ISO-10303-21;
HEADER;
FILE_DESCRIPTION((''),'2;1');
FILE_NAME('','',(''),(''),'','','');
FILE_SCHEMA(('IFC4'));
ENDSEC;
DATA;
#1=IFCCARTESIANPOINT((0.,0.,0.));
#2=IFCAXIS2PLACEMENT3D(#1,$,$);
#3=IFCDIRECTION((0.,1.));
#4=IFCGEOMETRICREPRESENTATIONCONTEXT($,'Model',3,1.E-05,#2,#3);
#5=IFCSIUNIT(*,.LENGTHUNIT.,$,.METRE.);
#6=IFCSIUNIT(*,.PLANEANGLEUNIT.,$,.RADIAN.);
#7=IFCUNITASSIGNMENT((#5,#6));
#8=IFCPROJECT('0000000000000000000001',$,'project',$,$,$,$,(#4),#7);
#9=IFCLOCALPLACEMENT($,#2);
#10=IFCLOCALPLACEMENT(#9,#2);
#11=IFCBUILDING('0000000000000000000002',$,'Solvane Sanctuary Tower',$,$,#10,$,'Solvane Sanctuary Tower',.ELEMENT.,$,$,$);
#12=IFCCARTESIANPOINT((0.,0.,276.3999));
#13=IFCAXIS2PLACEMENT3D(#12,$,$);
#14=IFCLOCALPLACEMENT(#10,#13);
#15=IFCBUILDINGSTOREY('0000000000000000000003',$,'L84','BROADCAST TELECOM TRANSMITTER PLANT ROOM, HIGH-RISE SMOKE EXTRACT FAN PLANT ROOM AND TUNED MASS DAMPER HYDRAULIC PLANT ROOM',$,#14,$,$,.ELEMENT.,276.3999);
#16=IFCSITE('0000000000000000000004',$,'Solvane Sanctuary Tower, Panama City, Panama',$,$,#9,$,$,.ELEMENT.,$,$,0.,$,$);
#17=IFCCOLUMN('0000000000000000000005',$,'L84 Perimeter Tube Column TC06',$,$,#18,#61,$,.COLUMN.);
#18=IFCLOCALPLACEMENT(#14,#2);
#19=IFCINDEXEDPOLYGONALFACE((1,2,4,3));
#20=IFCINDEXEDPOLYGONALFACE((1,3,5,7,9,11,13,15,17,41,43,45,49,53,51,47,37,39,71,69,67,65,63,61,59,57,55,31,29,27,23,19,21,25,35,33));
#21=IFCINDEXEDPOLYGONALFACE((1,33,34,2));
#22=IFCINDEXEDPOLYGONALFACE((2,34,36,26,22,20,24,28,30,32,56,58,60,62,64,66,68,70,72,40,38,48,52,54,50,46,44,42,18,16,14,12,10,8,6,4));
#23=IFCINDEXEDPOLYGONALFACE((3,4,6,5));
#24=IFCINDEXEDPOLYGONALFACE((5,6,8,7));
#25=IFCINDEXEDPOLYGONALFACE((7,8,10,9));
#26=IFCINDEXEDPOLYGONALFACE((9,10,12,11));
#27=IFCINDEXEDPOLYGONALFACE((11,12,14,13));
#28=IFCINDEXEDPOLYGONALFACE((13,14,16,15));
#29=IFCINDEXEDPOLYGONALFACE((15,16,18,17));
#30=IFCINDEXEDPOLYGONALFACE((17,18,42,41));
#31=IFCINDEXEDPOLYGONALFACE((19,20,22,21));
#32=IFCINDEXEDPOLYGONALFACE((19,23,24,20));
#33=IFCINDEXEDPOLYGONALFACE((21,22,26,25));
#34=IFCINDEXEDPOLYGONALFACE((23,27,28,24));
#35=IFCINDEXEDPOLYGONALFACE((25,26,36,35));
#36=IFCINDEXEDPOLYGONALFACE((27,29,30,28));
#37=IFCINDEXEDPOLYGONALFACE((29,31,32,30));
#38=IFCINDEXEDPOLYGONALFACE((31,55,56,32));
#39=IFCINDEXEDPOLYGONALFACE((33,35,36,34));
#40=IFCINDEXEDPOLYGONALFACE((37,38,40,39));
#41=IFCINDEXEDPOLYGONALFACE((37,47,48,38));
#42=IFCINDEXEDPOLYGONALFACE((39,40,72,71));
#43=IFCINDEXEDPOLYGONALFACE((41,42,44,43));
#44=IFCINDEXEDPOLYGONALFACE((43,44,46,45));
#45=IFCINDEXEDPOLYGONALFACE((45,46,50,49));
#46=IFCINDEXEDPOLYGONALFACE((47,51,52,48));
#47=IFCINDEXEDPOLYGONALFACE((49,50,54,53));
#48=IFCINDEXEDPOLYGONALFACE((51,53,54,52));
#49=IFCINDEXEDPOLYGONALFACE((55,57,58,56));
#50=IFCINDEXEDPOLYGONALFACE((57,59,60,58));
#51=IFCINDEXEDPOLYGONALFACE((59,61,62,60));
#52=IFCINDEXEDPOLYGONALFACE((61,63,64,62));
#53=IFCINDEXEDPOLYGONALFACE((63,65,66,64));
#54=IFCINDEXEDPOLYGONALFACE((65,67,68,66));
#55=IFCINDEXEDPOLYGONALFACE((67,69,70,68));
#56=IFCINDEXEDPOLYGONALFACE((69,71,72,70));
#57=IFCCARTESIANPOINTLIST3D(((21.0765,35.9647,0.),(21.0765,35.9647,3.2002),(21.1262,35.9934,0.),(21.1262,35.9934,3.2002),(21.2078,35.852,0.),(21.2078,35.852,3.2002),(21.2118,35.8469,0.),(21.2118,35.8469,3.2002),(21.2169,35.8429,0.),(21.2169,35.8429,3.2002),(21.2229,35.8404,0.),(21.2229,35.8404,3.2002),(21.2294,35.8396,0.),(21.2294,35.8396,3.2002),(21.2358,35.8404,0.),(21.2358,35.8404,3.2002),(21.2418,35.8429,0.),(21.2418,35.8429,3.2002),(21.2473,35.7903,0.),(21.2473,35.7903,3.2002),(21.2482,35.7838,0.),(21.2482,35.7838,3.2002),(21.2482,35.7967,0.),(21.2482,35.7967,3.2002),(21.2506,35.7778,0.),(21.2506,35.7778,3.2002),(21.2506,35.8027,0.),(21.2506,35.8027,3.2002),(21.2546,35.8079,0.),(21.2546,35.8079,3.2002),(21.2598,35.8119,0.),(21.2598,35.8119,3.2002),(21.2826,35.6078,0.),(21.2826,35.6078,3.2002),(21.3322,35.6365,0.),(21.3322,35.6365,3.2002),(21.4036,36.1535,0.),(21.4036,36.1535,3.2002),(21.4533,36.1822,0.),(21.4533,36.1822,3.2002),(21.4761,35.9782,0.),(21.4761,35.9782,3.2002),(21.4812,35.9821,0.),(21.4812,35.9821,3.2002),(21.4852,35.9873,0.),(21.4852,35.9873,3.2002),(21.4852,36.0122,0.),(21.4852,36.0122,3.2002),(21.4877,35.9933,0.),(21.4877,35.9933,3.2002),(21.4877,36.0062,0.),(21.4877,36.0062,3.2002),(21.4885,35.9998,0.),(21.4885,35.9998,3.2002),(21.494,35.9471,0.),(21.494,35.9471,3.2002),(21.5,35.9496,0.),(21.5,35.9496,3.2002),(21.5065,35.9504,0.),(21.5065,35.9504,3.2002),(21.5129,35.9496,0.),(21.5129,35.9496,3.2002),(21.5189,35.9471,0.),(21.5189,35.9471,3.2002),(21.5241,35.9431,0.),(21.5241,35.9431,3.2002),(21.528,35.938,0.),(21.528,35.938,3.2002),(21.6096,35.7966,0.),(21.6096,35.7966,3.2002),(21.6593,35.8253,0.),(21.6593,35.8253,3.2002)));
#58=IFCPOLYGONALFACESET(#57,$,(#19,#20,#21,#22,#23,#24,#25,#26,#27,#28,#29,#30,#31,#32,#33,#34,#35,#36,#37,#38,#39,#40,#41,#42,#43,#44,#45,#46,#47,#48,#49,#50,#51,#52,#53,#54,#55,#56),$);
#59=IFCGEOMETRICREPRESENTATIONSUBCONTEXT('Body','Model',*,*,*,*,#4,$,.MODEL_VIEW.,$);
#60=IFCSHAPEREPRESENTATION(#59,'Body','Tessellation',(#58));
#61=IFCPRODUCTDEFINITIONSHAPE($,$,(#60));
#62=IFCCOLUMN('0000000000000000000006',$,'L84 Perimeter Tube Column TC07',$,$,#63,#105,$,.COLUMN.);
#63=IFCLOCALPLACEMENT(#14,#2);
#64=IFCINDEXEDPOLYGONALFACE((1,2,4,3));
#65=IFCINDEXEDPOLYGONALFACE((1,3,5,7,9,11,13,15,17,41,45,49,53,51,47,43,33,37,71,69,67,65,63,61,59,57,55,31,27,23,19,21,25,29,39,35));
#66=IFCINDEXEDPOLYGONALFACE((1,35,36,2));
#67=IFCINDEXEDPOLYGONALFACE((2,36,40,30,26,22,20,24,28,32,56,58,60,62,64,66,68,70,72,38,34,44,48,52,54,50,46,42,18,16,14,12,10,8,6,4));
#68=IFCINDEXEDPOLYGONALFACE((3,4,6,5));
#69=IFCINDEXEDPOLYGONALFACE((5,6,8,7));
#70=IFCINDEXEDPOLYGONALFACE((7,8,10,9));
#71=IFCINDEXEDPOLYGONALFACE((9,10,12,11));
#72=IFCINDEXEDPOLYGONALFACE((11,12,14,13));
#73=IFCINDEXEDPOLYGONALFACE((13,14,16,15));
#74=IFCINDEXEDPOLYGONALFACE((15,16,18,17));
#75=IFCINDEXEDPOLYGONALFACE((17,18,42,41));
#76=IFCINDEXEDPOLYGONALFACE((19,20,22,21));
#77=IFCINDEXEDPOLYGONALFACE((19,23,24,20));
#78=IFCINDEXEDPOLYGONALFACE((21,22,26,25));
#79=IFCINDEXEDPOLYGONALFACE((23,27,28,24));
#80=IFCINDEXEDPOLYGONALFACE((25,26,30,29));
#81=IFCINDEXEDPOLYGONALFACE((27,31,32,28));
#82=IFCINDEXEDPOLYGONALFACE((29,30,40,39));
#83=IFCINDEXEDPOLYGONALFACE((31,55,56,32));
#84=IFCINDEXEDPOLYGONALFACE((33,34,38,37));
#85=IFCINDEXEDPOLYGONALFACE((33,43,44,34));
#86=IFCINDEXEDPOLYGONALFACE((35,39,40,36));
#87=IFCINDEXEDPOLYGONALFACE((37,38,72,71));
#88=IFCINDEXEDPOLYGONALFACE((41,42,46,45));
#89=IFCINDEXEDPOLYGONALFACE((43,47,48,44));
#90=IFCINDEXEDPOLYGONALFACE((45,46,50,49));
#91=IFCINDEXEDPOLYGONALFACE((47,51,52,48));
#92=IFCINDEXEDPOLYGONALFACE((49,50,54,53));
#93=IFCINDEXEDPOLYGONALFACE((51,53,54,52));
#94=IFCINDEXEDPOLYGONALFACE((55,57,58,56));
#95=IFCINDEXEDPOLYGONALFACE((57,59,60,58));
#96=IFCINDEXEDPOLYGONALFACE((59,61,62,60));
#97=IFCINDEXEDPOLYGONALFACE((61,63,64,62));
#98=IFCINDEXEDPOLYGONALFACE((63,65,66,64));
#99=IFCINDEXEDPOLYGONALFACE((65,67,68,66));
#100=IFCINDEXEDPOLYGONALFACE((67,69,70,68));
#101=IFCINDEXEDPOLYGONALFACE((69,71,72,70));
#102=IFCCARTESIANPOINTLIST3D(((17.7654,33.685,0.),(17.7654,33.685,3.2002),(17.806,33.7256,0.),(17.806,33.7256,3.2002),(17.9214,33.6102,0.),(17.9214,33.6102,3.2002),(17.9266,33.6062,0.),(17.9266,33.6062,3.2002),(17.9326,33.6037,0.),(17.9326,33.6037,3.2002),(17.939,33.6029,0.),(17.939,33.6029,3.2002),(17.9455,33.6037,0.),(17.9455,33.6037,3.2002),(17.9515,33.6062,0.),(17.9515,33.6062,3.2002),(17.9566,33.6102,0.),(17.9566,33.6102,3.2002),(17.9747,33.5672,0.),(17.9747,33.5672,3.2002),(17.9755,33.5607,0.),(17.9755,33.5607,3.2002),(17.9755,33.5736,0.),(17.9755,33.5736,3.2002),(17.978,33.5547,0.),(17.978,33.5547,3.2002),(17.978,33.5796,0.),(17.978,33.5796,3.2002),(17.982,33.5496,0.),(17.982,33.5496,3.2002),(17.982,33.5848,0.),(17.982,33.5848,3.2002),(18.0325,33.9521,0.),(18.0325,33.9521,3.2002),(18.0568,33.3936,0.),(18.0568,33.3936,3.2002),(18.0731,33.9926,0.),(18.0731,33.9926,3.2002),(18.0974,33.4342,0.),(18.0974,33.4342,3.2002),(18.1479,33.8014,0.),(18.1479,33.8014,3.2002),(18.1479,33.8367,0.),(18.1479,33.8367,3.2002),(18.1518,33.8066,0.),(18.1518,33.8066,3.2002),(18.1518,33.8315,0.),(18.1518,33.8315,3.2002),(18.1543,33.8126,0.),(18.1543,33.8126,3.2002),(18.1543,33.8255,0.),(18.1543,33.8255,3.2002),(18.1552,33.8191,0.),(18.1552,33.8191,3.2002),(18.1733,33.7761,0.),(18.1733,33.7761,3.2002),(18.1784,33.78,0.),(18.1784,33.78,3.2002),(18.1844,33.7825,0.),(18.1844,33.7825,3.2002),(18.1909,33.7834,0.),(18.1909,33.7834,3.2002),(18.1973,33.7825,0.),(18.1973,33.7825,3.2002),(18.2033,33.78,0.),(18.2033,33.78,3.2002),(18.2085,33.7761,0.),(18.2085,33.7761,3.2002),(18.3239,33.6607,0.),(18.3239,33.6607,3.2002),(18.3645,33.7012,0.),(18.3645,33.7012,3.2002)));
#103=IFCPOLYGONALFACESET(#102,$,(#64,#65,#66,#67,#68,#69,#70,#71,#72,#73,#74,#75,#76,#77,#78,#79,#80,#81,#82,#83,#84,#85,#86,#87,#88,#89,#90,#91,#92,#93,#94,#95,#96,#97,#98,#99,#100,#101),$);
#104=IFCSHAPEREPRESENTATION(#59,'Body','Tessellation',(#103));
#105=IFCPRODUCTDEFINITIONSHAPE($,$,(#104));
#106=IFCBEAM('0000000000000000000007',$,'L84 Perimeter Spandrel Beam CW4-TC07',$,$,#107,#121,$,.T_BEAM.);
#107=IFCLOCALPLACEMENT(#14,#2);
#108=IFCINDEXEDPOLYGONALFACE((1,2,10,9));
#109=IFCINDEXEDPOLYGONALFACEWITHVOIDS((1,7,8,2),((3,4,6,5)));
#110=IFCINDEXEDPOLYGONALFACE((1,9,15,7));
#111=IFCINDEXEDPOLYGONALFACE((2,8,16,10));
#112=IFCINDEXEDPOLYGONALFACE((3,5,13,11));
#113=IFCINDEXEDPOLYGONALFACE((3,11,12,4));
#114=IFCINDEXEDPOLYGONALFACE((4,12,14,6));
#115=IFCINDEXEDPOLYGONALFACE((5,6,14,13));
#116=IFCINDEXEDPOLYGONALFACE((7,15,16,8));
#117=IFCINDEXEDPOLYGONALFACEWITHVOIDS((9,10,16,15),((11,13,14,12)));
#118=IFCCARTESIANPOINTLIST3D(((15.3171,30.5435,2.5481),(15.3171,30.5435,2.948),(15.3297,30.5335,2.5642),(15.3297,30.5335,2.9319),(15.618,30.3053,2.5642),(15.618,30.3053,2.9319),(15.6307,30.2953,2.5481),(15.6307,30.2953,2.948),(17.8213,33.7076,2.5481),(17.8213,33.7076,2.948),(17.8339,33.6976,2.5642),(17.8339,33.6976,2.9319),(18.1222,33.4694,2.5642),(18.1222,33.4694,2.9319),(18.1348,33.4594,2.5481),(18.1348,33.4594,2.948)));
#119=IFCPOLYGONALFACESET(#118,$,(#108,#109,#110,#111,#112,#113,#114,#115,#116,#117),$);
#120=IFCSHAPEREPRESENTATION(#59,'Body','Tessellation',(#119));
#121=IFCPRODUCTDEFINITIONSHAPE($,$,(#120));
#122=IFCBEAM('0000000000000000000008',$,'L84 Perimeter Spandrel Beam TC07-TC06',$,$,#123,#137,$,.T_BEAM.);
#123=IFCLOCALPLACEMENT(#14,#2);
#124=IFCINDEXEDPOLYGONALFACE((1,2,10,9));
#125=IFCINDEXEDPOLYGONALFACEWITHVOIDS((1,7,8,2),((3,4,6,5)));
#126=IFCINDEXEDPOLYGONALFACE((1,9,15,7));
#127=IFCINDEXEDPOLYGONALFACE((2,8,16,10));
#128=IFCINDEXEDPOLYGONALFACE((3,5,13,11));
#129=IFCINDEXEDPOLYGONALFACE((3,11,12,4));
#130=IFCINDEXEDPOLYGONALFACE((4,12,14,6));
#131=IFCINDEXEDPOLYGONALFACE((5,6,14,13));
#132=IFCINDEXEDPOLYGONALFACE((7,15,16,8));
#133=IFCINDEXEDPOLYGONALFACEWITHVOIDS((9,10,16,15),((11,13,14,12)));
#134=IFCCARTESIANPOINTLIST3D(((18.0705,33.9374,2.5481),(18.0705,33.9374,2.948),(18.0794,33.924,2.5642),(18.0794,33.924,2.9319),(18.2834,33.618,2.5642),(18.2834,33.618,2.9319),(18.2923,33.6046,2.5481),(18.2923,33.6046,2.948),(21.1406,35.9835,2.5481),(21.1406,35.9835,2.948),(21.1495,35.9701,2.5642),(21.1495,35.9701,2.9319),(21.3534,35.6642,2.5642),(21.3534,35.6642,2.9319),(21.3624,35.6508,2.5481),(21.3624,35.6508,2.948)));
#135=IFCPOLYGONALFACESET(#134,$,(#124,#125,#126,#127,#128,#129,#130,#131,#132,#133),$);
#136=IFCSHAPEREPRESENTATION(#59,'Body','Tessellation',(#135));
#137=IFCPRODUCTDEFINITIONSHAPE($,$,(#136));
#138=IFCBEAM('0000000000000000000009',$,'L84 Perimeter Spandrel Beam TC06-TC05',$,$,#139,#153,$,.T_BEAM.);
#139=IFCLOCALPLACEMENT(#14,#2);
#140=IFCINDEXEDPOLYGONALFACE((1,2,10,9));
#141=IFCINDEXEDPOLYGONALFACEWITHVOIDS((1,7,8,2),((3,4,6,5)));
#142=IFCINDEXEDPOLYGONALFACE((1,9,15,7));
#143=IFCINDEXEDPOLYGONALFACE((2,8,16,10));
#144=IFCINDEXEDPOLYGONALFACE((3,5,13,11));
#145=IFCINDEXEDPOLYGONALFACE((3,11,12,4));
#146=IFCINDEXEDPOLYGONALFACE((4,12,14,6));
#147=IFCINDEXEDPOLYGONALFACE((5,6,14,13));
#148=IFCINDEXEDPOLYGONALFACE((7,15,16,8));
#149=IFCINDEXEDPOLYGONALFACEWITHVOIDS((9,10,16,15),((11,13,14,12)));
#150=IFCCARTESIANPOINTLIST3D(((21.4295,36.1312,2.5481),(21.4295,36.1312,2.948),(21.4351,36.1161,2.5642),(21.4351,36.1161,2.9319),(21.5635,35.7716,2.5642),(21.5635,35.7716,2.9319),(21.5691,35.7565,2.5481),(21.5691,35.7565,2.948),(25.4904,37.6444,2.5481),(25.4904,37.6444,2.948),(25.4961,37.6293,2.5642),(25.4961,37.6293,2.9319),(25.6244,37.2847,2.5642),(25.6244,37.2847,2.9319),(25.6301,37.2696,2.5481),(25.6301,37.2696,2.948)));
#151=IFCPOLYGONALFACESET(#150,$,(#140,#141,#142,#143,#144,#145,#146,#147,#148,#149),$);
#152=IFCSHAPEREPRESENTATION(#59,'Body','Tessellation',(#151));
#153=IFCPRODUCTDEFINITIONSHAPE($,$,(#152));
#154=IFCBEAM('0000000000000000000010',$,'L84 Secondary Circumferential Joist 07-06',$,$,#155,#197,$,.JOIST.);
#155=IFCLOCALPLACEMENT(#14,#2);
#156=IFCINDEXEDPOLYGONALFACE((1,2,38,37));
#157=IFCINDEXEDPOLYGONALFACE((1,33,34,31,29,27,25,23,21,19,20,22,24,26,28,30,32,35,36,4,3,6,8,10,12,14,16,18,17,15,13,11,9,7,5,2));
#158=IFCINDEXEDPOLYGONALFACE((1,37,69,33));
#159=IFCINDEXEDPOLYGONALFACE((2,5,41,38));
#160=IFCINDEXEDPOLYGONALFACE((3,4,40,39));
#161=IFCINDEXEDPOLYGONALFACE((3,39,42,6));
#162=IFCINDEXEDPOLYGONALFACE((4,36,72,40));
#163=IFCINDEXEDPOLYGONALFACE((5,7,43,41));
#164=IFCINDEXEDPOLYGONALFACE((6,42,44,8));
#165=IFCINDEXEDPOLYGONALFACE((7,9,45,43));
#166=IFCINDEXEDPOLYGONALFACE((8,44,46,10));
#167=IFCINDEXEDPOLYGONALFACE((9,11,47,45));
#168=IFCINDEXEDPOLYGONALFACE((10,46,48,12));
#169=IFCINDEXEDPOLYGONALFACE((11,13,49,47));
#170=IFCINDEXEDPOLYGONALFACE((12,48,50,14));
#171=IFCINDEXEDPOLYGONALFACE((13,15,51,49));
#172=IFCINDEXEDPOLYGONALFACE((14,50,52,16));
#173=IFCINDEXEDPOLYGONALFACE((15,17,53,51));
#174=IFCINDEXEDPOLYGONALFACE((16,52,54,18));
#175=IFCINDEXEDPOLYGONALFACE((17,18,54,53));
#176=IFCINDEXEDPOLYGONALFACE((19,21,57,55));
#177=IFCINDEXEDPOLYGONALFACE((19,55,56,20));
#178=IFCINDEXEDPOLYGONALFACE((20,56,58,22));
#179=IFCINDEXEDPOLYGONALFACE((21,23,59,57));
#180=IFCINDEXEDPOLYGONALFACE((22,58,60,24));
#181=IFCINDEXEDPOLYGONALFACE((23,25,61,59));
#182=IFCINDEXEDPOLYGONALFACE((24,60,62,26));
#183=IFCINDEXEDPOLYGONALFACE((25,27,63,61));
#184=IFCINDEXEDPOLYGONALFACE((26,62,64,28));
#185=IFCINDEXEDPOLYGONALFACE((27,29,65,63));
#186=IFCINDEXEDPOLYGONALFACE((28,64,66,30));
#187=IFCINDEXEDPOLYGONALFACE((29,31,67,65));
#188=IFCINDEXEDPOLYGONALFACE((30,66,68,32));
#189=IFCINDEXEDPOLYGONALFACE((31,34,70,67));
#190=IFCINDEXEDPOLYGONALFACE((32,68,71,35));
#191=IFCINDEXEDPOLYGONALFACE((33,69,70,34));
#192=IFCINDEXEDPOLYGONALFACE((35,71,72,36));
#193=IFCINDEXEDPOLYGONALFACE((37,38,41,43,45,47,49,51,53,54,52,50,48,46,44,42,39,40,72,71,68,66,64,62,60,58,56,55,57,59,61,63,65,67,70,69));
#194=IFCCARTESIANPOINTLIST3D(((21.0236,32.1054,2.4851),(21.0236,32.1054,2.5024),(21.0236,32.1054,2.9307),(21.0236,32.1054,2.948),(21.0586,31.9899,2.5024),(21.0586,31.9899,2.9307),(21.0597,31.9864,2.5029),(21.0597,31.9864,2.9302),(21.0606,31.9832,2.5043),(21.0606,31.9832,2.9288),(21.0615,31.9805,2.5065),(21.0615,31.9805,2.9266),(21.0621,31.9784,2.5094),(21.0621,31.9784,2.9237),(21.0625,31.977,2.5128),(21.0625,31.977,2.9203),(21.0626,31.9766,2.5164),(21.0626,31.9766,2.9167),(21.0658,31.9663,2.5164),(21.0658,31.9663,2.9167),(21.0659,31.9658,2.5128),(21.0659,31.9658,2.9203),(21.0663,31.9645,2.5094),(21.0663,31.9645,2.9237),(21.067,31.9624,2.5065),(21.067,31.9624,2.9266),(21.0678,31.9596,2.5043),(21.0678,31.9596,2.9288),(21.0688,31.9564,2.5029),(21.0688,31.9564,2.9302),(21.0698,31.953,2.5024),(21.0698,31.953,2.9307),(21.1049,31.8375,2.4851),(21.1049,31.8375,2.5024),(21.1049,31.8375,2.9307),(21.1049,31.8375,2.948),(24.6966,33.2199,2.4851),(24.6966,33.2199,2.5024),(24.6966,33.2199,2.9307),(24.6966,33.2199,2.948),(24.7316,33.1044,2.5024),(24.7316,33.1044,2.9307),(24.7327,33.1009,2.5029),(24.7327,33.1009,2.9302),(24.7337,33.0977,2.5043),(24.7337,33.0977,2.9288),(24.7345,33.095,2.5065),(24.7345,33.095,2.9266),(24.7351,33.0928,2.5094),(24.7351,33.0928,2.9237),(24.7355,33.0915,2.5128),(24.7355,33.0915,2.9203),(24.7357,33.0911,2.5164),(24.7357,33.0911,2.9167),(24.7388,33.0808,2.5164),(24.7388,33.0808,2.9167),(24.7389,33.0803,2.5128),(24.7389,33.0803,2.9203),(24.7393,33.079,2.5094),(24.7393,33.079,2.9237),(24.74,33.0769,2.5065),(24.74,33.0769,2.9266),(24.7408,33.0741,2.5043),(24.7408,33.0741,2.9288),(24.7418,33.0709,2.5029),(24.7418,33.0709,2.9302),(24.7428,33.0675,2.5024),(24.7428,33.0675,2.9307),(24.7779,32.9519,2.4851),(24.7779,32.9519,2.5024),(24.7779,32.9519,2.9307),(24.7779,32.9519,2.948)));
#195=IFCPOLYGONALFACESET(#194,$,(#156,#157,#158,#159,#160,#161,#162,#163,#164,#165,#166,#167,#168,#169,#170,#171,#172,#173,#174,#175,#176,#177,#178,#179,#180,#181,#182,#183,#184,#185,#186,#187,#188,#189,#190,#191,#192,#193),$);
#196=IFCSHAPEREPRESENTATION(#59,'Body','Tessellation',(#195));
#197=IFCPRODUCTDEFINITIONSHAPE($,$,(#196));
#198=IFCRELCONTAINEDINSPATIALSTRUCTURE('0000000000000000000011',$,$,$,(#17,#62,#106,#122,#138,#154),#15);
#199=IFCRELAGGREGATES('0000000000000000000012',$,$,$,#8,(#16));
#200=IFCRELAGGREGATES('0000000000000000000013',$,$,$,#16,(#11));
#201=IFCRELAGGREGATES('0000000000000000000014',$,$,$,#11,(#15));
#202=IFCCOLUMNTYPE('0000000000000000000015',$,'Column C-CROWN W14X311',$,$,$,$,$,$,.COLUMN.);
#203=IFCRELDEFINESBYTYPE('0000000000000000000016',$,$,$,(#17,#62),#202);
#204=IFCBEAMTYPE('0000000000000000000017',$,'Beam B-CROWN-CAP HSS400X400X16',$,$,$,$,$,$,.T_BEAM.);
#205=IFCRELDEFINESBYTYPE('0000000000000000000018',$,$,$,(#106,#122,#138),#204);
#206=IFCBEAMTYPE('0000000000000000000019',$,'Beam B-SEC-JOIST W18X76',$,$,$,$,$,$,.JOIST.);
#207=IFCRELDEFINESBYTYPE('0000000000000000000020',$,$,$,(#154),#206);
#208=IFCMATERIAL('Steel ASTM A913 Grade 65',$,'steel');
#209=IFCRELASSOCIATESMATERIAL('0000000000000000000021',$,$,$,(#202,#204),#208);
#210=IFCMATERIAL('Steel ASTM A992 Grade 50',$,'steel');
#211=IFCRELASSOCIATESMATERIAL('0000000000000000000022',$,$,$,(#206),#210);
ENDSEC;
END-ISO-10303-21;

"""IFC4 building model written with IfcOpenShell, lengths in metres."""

from ifc_helpers import new_model, si_unit, direction, frame, origin, origin_2d, place, context, subcontext, project, spatial, hollow_rectangle, i_section, extrude, material, material_profile, profile_set, type_object, element, save


model = new_model("IFC4")

# Units and contexts
model_context = context("Model", 3, precision=1e-05, world=origin(), true_north=direction((0.0, 1.0)))
body_context = subcontext(model_context, "Body", "Model", "MODEL_VIEW")
ifc_project = project(units=[si_unit("LENGTHUNIT", "METRE"), si_unit("PLANEANGLEUNIT", "RADIAN")], contexts=[model_context])

# Site, building, storey
site_placement = place(None, origin())
site = spatial("IfcSite", under=ifc_project, at=site_placement, Name="Solvane Sanctuary Tower, Panama City, Panama", CompositionType="ELEMENT", RefElevation=0.0)
building_placement = place(site_placement, origin())
building = spatial("IfcBuilding", under=site, at=building_placement, Name="Solvane Sanctuary Tower", LongName="Solvane Sanctuary Tower", CompositionType="ELEMENT")
storey_placement = place(building_placement, frame((0.0, 0.0, 276.3999)))
storey = spatial("IfcBuildingStorey", under=building, at=storey_placement, Name="L84", Description="BROADCAST TELECOM TRANSMITTER PLANT ROOM, HIGH-RISE SMOKE EXTRACT FAN PLANT ROOM AND TUNED MASS DAMPER HYDRAULIC PLANT ROOM", CompositionType="ELEMENT", Elevation=276.3999)

# Columns
ifc_material_1 = material(Name="Steel ASTM A913 Grade 65", Category="steel")
ifc_material_profile_1 = material_profile(ifc_material_1, i_section(OverallWidth=0.4121, OverallDepth=0.4351, WebThickness=0.0359, FlangeThickness=0.0574, FilletRadius=0.0249, at=origin_2d()), Name="W14X311")
ifc_profile_set_1 = profile_set([ifc_material_profile_1], Name="Steel ASTM A913 Grade 65")
column_type = type_object("IfcColumnType", Name="Column C-CROWN W14X311", PredefinedType="COLUMN", material=ifc_profile_set_1)
for number, where, z_axis, x_axis, name in (
    (1, (21.3679, 35.895, 0.0), (0.0, 0.0, 1.0), (-0.5, 0.866025, 0.0), "L84 Perimeter Tube Column TC06"),
    (2, (18.0649, 33.6931, 0.0), (0.0, 0.0, 1.0), (-0.707107, 0.707107, 0.0), "L84 Perimeter Tube Column TC07"),
):
    element("IfcColumn", number, at=place(storey_placement, frame(where, z_axis=z_axis, x_axis=x_axis)), inside=storey, type_object=column_type, Name=name, PredefinedType="COLUMN", context=body_context, shape_type="SweptSolid", body=[
        extrude(i_section(OverallWidth=0.4121, OverallDepth=0.4351, WebThickness=0.0359, FlangeThickness=0.0574, FilletRadius=0.0249, at=origin_2d()), origin(), (0.0, 0.0, 1.0), 3.2002),
    ])

# Beams
ifc_material_profile_2 = material_profile(ifc_material_1, hollow_rectangle(XDim=0.3999, YDim=0.3999, WallThickness=0.0161, at=origin_2d()), Name="HSS400X400X16")
ifc_profile_set_2 = profile_set([ifc_material_profile_2], Name="Steel ASTM A913 Grade 65")
beam_type_1 = type_object("IfcBeamType", Name="Beam B-CROWN-CAP HSS400X400X16", PredefinedType="T_BEAM", material=ifc_profile_set_2)
beam_1_placement = place(storey_placement, frame((15.4739, 30.4194, 2.748), z_axis=(0.620591, 0.784134, 0.0), x_axis=(-0.784134, 0.620591, 0.0)))
element("IfcBeam", 3, at=beam_1_placement, inside=storey, type_object=beam_type_1, Name="L84 Perimeter Spandrel Beam CW4-TC07", PredefinedType="T_BEAM", context=body_context, shape_type="SweptSolid", body=[
    extrude(hollow_rectangle(XDim=0.3999, YDim=0.3999, WallThickness=0.0161, at=origin_2d()), origin(), (0.0, 0.0, 1.0), 4.0352),
])
beam_2_placement = place(storey_placement, frame((18.1814, 33.771, 2.748), z_axis=(0.832122, 0.554593, 0.0), x_axis=(-0.554593, 0.832122, 0.0)))
element("IfcBeam", 4, at=beam_2_placement, inside=storey, type_object=beam_type_1, Name="L84 Perimeter Spandrel Beam TC07-TC06", PredefinedType="T_BEAM", context=body_context, shape_type="SweptSolid", body=[
    extrude(hollow_rectangle(XDim=0.3999, YDim=0.3999, WallThickness=0.0161, at=origin_2d()), origin(), (0.0, 0.0, 1.0), 3.6895),
])
beam_3_placement = place(storey_placement, frame((21.4993, 35.9438, 2.748), z_axis=(0.937063, 0.349159, 0.0), x_axis=(-0.349159, 0.937063, 0.0)))
element("IfcBeam", 5, at=beam_3_placement, inside=storey, type_object=beam_type_1, Name="L84 Perimeter Spandrel Beam TC06-TC05", PredefinedType="T_BEAM", context=body_context, shape_type="SweptSolid", body=[
    extrude(hollow_rectangle(XDim=0.3999, YDim=0.3999, WallThickness=0.0161, at=origin_2d()), origin(), (0.0, 0.0, 1.0), 4.3337),
])
ifc_material_2 = material(Name="Steel ASTM A992 Grade 50", Category="steel")
ifc_material_profile_3 = material_profile(ifc_material_2, i_section(OverallWidth=0.28, OverallDepth=0.4629, WebThickness=0.0107, FlangeThickness=0.0173, FilletRadius=0.0139, at=origin_2d()), Name="W18X76")
ifc_profile_set_3 = profile_set([ifc_material_profile_3], Name="Steel ASTM A992 Grade 50")
beam_type_2 = type_object("IfcBeamType", Name="Beam B-SEC-JOIST W18X76", PredefinedType="JOIST", material=ifc_profile_set_3)
beam_4_placement = place(storey_placement, frame((21.0642, 31.9714, 2.7166), z_axis=(0.95692, 0.290352, 0.0), x_axis=(-0.290352, 0.95692, 0.0)))
element("IfcBeam", 6, at=beam_4_placement, inside=storey, type_object=beam_type_2, Name="L84 Secondary Circumferential Joist 07-06", PredefinedType="JOIST", context=body_context, shape_type="SweptSolid", body=[
    extrude(i_section(OverallWidth=0.28, OverallDepth=0.4629, WebThickness=0.0107, FlangeThickness=0.0173, FilletRadius=0.0139, at=origin_2d()), origin(), (0.0, 0.0, 1.0), 3.8384),
])

save(model, "model.ifc")
